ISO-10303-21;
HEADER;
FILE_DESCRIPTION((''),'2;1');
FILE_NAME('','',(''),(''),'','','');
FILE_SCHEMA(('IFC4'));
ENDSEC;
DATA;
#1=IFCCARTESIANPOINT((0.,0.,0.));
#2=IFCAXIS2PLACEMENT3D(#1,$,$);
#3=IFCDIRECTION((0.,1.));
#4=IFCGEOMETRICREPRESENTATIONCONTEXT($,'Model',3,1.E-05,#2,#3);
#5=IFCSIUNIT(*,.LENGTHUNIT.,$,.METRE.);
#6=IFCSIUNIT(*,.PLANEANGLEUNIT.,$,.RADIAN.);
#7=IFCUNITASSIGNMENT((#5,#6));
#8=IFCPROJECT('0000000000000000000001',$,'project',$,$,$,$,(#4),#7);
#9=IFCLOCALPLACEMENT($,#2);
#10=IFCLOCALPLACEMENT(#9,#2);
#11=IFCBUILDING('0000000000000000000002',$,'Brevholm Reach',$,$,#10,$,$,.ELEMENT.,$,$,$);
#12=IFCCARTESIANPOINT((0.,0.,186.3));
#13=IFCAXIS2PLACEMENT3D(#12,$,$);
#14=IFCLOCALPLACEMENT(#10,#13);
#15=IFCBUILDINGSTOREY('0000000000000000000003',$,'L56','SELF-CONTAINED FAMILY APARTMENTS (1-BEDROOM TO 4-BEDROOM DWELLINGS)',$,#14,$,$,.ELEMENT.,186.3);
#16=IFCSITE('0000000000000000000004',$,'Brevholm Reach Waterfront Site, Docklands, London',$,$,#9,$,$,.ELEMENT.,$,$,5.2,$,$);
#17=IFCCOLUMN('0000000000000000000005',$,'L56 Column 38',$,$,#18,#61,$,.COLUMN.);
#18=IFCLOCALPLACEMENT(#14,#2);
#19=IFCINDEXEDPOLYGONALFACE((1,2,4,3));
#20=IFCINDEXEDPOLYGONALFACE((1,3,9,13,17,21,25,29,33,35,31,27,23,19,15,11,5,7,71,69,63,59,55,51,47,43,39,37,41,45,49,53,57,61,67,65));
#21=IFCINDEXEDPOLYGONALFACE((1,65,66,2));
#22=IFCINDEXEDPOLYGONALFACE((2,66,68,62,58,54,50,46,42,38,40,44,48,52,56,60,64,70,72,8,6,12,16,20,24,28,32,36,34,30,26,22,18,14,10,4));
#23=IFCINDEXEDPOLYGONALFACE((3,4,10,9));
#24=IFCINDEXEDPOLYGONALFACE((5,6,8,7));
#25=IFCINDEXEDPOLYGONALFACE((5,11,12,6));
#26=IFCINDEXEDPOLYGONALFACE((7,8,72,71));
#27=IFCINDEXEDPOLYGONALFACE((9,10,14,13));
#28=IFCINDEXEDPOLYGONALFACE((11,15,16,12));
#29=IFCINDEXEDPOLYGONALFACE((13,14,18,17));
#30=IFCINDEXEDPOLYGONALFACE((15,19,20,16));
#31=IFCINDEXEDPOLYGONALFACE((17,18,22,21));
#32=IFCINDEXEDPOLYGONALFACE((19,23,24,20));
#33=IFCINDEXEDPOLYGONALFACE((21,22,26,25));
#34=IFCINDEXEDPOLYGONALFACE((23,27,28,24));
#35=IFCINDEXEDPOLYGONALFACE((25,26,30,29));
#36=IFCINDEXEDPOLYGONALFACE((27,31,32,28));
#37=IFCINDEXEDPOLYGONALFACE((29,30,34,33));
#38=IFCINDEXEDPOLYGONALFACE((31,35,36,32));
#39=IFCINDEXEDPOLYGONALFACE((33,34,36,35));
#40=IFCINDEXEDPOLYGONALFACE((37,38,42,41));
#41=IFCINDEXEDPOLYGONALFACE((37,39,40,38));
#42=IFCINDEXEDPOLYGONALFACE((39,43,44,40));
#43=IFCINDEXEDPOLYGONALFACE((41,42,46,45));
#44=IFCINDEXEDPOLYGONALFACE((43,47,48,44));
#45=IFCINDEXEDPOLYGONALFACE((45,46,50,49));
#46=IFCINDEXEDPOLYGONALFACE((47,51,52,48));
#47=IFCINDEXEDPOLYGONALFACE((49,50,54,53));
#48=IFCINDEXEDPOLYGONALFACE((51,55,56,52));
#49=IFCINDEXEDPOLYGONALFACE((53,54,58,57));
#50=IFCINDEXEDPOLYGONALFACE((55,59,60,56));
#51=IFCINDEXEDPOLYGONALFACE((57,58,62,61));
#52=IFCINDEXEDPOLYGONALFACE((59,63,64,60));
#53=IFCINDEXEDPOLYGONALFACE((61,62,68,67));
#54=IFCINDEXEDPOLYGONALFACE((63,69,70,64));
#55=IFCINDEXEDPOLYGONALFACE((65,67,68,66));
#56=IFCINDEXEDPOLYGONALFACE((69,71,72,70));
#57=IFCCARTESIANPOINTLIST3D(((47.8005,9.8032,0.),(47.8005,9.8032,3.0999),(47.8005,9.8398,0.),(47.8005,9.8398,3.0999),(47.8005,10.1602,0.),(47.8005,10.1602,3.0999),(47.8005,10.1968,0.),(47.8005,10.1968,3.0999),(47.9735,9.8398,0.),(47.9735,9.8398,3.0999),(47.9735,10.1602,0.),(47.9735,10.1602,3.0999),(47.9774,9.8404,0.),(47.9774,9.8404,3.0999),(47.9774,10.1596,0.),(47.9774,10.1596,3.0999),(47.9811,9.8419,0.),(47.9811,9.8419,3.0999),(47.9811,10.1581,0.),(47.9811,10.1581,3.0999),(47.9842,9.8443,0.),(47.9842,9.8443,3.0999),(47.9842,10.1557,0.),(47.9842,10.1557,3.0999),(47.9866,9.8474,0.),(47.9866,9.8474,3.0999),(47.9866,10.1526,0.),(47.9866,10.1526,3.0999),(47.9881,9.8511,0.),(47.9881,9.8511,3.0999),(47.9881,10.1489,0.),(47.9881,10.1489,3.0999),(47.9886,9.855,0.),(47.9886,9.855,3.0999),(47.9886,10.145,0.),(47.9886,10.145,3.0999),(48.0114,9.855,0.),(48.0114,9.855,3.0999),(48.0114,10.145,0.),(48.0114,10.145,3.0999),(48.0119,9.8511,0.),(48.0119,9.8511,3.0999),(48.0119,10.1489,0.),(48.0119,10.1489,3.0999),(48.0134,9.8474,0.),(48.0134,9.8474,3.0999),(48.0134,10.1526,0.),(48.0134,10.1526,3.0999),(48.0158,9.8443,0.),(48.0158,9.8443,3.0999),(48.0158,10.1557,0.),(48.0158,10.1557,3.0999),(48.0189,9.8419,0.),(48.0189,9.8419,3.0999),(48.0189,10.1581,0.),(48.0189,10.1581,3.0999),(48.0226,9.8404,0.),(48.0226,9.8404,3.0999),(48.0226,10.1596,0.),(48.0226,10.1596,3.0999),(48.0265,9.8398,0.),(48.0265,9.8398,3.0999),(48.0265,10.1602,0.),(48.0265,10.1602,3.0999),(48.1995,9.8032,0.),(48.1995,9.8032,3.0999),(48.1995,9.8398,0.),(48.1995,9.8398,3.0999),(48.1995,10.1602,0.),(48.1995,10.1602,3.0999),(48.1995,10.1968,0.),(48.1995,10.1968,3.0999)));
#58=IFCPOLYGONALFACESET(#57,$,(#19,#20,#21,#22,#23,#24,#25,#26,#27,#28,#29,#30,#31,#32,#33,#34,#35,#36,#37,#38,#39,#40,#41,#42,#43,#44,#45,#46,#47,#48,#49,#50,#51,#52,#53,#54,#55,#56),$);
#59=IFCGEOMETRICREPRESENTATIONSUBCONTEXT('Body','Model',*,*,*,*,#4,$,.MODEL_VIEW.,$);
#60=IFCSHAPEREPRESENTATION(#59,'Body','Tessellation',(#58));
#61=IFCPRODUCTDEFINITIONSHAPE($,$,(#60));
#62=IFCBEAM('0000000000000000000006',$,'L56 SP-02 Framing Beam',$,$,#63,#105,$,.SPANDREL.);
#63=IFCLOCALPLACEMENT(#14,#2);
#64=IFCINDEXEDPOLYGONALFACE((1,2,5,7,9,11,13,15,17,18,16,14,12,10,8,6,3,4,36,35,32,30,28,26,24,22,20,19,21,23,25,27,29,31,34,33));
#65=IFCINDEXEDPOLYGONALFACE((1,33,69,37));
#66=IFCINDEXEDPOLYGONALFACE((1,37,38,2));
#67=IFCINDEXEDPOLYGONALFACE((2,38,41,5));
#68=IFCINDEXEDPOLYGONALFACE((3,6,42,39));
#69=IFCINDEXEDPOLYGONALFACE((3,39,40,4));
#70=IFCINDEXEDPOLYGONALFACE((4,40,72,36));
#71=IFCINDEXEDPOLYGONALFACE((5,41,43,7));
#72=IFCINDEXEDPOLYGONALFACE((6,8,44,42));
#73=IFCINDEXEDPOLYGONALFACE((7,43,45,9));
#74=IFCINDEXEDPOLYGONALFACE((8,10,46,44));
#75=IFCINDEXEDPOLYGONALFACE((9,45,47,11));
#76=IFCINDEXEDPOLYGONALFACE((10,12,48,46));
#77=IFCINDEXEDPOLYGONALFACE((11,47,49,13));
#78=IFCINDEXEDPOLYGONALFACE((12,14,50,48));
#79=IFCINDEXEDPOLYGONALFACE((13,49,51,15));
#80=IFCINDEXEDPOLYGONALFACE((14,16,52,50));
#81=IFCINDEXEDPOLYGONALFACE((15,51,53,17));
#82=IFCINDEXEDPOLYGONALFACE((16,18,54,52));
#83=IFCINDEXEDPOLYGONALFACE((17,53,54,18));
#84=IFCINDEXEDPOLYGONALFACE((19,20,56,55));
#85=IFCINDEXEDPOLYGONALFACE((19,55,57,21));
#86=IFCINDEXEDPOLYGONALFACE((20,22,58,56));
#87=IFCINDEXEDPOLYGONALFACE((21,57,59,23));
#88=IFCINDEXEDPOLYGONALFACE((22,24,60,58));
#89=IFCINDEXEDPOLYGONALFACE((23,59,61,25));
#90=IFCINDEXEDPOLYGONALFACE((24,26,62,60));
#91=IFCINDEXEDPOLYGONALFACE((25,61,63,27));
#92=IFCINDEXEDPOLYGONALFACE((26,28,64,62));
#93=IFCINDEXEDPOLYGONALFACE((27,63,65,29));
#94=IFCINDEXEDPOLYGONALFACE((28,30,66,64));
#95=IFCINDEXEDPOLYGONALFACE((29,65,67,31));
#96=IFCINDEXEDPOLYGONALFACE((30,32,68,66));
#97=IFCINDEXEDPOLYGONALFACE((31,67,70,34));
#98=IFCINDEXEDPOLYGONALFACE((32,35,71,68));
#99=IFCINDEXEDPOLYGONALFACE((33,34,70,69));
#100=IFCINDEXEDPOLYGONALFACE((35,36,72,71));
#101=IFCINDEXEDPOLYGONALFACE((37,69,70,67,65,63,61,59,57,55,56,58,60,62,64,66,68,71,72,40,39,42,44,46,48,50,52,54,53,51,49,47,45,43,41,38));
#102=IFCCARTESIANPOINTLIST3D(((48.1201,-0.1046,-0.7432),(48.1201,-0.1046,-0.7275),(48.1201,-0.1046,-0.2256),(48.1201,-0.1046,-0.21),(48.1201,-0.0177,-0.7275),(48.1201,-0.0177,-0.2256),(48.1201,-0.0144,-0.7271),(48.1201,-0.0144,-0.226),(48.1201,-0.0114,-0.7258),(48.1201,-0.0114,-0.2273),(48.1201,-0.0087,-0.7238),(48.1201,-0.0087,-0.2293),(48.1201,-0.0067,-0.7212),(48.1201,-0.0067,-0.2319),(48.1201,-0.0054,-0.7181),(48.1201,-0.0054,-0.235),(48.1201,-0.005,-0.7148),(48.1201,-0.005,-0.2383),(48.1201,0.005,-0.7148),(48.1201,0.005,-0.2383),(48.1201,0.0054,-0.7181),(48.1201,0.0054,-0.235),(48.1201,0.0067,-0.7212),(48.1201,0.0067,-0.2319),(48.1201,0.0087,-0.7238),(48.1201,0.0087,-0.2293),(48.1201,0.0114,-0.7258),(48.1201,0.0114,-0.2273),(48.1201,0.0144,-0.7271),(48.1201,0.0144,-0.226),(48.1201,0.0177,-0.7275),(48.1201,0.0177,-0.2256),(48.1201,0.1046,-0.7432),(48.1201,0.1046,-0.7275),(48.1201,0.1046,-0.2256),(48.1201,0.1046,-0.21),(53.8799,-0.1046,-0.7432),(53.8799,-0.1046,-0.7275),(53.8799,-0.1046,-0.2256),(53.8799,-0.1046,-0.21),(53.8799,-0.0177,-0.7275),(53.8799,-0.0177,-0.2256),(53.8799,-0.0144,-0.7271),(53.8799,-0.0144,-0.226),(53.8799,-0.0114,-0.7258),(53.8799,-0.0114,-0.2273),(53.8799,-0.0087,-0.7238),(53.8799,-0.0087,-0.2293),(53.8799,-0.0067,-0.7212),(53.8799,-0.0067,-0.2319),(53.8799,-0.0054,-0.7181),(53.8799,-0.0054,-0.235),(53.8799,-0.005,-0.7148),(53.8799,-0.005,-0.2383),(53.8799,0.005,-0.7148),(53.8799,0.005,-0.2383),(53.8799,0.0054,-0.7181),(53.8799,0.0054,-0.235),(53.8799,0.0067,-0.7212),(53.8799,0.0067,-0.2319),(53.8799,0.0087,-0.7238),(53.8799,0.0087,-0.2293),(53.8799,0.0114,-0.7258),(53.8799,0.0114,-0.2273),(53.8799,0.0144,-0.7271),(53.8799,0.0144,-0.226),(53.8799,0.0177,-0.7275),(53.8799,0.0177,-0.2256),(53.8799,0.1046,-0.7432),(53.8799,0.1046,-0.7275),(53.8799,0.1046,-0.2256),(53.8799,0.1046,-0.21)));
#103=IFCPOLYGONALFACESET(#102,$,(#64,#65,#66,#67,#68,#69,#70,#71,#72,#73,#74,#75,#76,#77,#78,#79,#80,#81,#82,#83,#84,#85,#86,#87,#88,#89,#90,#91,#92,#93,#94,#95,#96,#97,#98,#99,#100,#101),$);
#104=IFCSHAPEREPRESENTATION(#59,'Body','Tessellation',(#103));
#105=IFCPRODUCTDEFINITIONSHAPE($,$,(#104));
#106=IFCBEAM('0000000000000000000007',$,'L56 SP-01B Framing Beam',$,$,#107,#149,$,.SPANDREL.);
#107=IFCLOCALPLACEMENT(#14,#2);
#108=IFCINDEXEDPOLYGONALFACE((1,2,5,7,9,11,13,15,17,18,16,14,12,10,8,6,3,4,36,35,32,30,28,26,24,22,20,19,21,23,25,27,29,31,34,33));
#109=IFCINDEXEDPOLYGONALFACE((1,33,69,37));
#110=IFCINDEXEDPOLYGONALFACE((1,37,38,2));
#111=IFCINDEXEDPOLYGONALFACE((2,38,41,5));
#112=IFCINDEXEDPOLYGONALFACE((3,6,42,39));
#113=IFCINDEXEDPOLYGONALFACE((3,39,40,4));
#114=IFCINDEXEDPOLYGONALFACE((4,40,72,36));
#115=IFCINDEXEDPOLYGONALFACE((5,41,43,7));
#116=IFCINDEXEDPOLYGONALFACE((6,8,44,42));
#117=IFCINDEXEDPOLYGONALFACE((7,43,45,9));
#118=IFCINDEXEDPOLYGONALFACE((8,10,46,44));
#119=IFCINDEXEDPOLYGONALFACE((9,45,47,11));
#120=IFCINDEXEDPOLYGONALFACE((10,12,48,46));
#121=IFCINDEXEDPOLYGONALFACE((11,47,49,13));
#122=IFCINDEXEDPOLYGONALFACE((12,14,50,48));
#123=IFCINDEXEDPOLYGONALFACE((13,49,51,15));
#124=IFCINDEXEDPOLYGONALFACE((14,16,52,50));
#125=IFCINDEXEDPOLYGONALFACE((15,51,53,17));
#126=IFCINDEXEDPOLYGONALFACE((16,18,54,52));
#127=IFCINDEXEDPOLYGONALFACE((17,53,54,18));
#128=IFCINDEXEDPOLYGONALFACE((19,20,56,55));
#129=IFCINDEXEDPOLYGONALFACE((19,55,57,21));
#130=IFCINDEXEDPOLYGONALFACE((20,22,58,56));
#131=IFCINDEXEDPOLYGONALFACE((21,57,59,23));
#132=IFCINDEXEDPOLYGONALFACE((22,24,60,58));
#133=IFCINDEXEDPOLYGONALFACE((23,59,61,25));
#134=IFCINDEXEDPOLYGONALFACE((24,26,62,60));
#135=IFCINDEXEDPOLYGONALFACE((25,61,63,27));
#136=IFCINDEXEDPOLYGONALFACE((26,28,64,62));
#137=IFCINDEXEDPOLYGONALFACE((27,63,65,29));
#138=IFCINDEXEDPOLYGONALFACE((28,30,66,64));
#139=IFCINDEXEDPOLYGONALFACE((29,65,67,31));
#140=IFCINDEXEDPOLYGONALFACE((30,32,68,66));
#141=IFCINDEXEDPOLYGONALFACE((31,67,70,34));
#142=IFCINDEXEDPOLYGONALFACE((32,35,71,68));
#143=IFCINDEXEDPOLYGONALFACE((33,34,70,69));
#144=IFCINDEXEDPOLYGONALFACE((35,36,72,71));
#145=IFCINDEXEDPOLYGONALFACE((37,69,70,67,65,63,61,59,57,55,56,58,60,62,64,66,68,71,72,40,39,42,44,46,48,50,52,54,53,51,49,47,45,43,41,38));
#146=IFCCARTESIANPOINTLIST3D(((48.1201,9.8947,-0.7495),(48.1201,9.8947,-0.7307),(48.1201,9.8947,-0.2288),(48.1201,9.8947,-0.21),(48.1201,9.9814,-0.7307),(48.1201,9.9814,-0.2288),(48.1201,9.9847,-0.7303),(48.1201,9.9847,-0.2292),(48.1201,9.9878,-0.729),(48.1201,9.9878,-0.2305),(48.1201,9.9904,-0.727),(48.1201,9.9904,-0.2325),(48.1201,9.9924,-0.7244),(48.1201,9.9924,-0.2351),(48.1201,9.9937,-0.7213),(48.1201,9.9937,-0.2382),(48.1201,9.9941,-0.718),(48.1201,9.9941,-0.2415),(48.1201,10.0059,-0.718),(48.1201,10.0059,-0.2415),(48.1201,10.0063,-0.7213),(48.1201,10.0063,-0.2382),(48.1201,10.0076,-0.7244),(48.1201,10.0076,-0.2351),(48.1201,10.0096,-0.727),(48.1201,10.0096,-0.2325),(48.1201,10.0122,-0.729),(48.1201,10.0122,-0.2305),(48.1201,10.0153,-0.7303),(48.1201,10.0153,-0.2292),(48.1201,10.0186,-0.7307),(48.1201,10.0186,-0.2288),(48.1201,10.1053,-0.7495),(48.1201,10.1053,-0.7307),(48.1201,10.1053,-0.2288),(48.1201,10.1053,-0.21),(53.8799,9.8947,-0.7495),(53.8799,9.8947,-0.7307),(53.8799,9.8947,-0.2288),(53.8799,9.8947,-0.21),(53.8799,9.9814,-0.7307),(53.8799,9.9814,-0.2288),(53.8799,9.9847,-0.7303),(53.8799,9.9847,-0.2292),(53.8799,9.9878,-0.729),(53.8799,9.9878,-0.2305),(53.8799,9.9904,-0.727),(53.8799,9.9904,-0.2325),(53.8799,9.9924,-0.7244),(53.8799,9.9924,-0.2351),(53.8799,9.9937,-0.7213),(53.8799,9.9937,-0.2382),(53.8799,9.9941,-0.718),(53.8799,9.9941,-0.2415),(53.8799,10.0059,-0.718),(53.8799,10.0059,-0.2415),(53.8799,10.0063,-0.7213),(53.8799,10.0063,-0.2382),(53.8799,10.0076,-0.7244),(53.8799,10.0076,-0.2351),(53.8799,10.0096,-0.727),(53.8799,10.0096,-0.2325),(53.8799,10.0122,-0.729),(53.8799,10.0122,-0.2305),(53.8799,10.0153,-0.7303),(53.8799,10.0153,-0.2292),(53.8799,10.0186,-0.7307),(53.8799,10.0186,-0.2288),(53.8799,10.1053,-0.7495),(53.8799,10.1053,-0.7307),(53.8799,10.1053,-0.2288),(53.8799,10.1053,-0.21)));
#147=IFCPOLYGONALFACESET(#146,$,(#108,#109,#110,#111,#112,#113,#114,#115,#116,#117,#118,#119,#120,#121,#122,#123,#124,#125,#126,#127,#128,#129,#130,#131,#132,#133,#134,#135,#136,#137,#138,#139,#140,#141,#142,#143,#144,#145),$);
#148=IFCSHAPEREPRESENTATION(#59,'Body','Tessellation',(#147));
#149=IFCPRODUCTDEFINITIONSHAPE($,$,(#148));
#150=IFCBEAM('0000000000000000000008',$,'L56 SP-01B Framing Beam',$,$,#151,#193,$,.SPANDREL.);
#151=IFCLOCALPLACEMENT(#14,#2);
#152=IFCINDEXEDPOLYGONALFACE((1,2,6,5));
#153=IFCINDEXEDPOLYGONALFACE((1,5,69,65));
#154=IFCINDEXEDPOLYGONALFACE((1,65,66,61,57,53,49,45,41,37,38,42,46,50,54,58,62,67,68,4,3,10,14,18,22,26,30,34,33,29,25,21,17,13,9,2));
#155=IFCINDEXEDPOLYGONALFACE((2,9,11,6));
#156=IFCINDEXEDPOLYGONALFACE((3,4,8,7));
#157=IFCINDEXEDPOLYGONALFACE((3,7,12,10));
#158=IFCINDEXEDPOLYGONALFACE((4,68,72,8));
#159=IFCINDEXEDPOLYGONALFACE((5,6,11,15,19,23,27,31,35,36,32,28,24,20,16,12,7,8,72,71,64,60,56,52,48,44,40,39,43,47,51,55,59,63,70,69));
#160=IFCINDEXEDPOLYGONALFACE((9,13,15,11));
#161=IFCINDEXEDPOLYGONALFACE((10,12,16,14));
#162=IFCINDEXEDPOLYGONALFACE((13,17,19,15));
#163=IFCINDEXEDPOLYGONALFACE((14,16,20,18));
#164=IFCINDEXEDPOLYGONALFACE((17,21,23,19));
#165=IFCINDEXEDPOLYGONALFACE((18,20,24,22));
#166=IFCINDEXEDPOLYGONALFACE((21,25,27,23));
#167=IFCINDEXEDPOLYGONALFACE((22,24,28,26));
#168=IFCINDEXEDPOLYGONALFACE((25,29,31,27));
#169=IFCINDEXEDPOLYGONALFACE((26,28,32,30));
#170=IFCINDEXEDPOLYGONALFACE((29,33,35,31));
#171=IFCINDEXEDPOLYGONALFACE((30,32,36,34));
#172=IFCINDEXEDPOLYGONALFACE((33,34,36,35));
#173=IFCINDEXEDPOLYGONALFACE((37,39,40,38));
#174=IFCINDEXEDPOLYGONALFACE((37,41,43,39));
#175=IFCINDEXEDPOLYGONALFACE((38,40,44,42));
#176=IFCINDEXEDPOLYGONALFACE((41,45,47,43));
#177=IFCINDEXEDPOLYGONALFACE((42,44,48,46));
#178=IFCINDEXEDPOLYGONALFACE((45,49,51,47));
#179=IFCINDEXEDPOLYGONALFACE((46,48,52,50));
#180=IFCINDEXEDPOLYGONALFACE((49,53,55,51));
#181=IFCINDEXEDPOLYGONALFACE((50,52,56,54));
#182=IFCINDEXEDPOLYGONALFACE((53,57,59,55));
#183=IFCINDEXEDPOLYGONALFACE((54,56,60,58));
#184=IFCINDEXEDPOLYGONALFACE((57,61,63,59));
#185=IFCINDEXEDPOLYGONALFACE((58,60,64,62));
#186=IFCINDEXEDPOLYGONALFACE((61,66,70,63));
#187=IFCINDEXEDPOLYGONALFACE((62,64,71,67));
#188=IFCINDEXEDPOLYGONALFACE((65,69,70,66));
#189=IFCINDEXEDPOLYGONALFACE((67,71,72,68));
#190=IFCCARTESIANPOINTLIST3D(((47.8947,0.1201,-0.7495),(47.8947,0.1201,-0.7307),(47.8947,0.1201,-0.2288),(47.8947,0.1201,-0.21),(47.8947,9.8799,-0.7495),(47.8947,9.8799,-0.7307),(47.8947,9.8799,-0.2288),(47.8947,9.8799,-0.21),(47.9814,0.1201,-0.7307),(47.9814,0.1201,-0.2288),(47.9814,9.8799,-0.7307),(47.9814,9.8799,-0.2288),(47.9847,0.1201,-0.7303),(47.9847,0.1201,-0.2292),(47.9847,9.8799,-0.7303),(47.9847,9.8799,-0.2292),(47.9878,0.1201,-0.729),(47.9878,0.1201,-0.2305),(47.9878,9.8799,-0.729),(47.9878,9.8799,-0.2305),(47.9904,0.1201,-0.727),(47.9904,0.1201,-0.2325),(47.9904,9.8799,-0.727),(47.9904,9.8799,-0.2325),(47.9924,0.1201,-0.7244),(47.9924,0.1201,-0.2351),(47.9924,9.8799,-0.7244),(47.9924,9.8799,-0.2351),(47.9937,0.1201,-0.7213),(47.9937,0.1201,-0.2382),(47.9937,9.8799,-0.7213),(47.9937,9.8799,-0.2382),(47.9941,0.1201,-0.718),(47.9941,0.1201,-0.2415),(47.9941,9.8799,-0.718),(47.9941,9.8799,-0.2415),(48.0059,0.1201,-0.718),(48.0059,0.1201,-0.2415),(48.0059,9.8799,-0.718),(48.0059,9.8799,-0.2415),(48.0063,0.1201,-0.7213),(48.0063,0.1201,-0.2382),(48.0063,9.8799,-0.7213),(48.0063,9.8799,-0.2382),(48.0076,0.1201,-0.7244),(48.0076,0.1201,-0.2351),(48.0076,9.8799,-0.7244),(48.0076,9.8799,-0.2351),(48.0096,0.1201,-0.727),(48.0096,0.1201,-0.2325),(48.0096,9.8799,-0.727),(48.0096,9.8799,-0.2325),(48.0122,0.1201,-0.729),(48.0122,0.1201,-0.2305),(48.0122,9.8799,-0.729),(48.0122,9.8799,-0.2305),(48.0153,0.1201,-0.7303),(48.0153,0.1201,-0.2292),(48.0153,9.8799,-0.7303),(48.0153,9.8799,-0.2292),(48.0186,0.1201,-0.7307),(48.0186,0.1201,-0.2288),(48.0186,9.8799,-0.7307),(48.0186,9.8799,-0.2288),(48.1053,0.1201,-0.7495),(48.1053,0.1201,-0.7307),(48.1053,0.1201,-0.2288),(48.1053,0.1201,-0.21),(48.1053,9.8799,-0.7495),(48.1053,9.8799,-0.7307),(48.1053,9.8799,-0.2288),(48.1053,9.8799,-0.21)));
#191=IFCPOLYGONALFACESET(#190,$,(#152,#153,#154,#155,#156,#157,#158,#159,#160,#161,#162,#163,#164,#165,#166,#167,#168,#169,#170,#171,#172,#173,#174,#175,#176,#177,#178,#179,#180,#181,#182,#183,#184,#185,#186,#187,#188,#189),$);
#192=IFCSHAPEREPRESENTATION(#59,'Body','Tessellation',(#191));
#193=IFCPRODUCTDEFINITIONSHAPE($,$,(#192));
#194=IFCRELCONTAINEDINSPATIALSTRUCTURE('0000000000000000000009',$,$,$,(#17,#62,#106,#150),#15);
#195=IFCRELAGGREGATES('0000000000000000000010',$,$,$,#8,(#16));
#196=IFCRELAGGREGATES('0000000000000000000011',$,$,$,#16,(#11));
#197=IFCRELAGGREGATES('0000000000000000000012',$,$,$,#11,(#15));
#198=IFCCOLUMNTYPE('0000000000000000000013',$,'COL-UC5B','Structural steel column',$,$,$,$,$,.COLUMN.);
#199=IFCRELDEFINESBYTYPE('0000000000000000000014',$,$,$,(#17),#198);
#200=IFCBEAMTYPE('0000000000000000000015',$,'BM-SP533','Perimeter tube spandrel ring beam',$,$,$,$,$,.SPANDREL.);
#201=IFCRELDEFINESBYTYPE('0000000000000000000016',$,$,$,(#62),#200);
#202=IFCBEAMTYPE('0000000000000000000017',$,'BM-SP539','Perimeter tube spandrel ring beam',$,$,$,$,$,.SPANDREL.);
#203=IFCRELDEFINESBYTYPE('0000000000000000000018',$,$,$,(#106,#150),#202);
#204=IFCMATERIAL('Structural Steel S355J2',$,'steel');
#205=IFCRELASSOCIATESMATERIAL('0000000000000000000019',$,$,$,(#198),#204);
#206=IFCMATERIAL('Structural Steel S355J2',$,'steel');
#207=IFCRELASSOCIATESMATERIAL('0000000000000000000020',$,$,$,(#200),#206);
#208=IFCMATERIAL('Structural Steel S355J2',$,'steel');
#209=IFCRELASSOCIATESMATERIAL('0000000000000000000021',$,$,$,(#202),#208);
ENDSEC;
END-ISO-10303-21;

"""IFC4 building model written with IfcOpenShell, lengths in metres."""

from ifc_helpers import new_model, si_unit, direction, frame, origin, origin_2d, place, context, subcontext, project, spatial, i_section, extrude, material, material_profile, profile_set, type_object, element, save


model = new_model("IFC4")

# Units and contexts
model_context = context("Model", 3, precision=1e-05, world=origin(), true_north=direction((0.0, 1.0)))
body_context = subcontext(model_context, "Body", "Model", "MODEL_VIEW")
ifc_project = project(units=[si_unit("LENGTHUNIT", "METRE"), si_unit("PLANEANGLEUNIT", "RADIAN")], contexts=[model_context])

# Site, building, storey
site_placement = place(None, origin())
site = spatial("IfcSite", under=ifc_project, at=site_placement, Name="Brevholm Reach Waterfront Site, Docklands, London", CompositionType="ELEMENT", RefElevation=5.2)
building_placement = place(site_placement, origin())
building = spatial("IfcBuilding", under=site, at=building_placement, Name="Brevholm Reach", CompositionType="ELEMENT")
storey_placement = place(building_placement, frame((0.0, 0.0, 186.3)))
storey = spatial("IfcBuildingStorey", under=building, at=storey_placement, Name="L56", Description="SELF-CONTAINED FAMILY APARTMENTS (1-BEDROOM TO 4-BEDROOM DWELLINGS)", CompositionType="ELEMENT", Elevation=186.3)

# Column
ifc_material_1 = material(Name="Structural Steel S355J2", Category="steel")
ifc_material_profile_1 = material_profile(ifc_material_1, i_section(OverallWidth=0.3989, OverallDepth=0.3936, WebThickness=0.0227, FlangeThickness=0.0366, FilletRadius=0.0151, at=origin_2d()), Name="UKC 356x406x287")
ifc_profile_set_1 = profile_set([ifc_material_profile_1], Name="Structural Steel S355J2")
column_type = type_object("IfcColumnType", Name="COL-UC5B", Description="Structural steel column", PredefinedType="COLUMN", material=ifc_profile_set_1)
column_placement = place(storey_placement, frame((48.0, 10.0, 0.0), z_axis=(0.0, 0.0, 1.0), x_axis=(1.0, 0.0, 0.0)))
element("IfcColumn", 1, at=column_placement, inside=storey, type_object=column_type, Name="L56 Column 38", PredefinedType="COLUMN", context=body_context, shape_type="SweptSolid", body=[
    extrude(i_section(OverallWidth=0.3989, OverallDepth=0.3936, WebThickness=0.0227, FlangeThickness=0.0366, FilletRadius=0.0151, at=origin_2d()), origin(), (0.0, 0.0, 1.0), 3.0999),
])

# Beams
ifc_material_2 = material(Name="Structural Steel S355J2", Category="steel")
ifc_material_profile_2 = material_profile(ifc_material_2, i_section(OverallWidth=0.2092, OverallDepth=0.5332, WebThickness=0.01, FlangeThickness=0.0156, FilletRadius=0.0127, at=origin_2d()), Name="UKB 533x210x92")
ifc_profile_set_2 = profile_set([ifc_material_profile_2], Name="Structural Steel S355J2")
beam_type_1 = type_object("IfcBeamType", Name="BM-SP533", Description="Perimeter tube spandrel ring beam", PredefinedType="SPANDREL", material=ifc_profile_set_2)
beam_1_placement = place(storey_placement, frame((48.1201, 0.0, -0.4766), z_axis=(1.0, 0.0, 0.0), x_axis=(0.0, 1.0, 0.0)))
element("IfcBeam", 2, at=beam_1_placement, inside=storey, type_object=beam_type_1, Name="L56 SP-02 Framing Beam", PredefinedType="SPANDREL", context=body_context, shape_type="SweptSolid", body=[
    extrude(i_section(OverallWidth=0.2092, OverallDepth=0.5332, WebThickness=0.01, FlangeThickness=0.0156, FilletRadius=0.0127, at=origin_2d()), origin(), (0.0, 0.0, 1.0), 5.7598),
])
ifc_material_3 = material(Name="Structural Steel S355J2", Category="steel")
ifc_material_profile_3 = material_profile(ifc_material_3, i_section(OverallWidth=0.2107, OverallDepth=0.5396, WebThickness=0.0117, FlangeThickness=0.0188, FilletRadius=0.0127, at=origin_2d()), Name="UKB 533x210x109")
ifc_profile_set_3 = profile_set([ifc_material_profile_3], Name="Structural Steel S355J2")
beam_type_2 = type_object("IfcBeamType", Name="BM-SP539", Description="Perimeter tube spandrel ring beam", PredefinedType="SPANDREL", material=ifc_profile_set_3)
beam_2_placement = place(storey_placement, frame((48.1201, 10.0, -0.4797), z_axis=(1.0, 0.0, 0.0), x_axis=(0.0, 1.0, 0.0)))
element("IfcBeam", 3, at=beam_2_placement, inside=storey, type_object=beam_type_2, Name="L56 SP-01B Framing Beam", PredefinedType="SPANDREL", context=body_context, shape_type="SweptSolid", body=[
    extrude(i_section(OverallWidth=0.2107, OverallDepth=0.5396, WebThickness=0.0117, FlangeThickness=0.0188, FilletRadius=0.0127, at=origin_2d()), origin(), (0.0, 0.0, 1.0), 5.7598),
])
beam_3_placement = place(storey_placement, frame((48.0, 0.1201, -0.4797), z_axis=(0.0, 1.0, 0.0), x_axis=(-1.0, 0.0, 0.0)))
element("IfcBeam", 4, at=beam_3_placement, inside=storey, type_object=beam_type_2, Name="L56 SP-01B Framing Beam", PredefinedType="SPANDREL", context=body_context, shape_type="SweptSolid", body=[
    extrude(i_section(OverallWidth=0.2107, OverallDepth=0.5396, WebThickness=0.0117, FlangeThickness=0.0188, FilletRadius=0.0127, at=origin_2d()), origin(), (0.0, 0.0, 1.0), 9.7598),
])

save(model, "model.ifc")
